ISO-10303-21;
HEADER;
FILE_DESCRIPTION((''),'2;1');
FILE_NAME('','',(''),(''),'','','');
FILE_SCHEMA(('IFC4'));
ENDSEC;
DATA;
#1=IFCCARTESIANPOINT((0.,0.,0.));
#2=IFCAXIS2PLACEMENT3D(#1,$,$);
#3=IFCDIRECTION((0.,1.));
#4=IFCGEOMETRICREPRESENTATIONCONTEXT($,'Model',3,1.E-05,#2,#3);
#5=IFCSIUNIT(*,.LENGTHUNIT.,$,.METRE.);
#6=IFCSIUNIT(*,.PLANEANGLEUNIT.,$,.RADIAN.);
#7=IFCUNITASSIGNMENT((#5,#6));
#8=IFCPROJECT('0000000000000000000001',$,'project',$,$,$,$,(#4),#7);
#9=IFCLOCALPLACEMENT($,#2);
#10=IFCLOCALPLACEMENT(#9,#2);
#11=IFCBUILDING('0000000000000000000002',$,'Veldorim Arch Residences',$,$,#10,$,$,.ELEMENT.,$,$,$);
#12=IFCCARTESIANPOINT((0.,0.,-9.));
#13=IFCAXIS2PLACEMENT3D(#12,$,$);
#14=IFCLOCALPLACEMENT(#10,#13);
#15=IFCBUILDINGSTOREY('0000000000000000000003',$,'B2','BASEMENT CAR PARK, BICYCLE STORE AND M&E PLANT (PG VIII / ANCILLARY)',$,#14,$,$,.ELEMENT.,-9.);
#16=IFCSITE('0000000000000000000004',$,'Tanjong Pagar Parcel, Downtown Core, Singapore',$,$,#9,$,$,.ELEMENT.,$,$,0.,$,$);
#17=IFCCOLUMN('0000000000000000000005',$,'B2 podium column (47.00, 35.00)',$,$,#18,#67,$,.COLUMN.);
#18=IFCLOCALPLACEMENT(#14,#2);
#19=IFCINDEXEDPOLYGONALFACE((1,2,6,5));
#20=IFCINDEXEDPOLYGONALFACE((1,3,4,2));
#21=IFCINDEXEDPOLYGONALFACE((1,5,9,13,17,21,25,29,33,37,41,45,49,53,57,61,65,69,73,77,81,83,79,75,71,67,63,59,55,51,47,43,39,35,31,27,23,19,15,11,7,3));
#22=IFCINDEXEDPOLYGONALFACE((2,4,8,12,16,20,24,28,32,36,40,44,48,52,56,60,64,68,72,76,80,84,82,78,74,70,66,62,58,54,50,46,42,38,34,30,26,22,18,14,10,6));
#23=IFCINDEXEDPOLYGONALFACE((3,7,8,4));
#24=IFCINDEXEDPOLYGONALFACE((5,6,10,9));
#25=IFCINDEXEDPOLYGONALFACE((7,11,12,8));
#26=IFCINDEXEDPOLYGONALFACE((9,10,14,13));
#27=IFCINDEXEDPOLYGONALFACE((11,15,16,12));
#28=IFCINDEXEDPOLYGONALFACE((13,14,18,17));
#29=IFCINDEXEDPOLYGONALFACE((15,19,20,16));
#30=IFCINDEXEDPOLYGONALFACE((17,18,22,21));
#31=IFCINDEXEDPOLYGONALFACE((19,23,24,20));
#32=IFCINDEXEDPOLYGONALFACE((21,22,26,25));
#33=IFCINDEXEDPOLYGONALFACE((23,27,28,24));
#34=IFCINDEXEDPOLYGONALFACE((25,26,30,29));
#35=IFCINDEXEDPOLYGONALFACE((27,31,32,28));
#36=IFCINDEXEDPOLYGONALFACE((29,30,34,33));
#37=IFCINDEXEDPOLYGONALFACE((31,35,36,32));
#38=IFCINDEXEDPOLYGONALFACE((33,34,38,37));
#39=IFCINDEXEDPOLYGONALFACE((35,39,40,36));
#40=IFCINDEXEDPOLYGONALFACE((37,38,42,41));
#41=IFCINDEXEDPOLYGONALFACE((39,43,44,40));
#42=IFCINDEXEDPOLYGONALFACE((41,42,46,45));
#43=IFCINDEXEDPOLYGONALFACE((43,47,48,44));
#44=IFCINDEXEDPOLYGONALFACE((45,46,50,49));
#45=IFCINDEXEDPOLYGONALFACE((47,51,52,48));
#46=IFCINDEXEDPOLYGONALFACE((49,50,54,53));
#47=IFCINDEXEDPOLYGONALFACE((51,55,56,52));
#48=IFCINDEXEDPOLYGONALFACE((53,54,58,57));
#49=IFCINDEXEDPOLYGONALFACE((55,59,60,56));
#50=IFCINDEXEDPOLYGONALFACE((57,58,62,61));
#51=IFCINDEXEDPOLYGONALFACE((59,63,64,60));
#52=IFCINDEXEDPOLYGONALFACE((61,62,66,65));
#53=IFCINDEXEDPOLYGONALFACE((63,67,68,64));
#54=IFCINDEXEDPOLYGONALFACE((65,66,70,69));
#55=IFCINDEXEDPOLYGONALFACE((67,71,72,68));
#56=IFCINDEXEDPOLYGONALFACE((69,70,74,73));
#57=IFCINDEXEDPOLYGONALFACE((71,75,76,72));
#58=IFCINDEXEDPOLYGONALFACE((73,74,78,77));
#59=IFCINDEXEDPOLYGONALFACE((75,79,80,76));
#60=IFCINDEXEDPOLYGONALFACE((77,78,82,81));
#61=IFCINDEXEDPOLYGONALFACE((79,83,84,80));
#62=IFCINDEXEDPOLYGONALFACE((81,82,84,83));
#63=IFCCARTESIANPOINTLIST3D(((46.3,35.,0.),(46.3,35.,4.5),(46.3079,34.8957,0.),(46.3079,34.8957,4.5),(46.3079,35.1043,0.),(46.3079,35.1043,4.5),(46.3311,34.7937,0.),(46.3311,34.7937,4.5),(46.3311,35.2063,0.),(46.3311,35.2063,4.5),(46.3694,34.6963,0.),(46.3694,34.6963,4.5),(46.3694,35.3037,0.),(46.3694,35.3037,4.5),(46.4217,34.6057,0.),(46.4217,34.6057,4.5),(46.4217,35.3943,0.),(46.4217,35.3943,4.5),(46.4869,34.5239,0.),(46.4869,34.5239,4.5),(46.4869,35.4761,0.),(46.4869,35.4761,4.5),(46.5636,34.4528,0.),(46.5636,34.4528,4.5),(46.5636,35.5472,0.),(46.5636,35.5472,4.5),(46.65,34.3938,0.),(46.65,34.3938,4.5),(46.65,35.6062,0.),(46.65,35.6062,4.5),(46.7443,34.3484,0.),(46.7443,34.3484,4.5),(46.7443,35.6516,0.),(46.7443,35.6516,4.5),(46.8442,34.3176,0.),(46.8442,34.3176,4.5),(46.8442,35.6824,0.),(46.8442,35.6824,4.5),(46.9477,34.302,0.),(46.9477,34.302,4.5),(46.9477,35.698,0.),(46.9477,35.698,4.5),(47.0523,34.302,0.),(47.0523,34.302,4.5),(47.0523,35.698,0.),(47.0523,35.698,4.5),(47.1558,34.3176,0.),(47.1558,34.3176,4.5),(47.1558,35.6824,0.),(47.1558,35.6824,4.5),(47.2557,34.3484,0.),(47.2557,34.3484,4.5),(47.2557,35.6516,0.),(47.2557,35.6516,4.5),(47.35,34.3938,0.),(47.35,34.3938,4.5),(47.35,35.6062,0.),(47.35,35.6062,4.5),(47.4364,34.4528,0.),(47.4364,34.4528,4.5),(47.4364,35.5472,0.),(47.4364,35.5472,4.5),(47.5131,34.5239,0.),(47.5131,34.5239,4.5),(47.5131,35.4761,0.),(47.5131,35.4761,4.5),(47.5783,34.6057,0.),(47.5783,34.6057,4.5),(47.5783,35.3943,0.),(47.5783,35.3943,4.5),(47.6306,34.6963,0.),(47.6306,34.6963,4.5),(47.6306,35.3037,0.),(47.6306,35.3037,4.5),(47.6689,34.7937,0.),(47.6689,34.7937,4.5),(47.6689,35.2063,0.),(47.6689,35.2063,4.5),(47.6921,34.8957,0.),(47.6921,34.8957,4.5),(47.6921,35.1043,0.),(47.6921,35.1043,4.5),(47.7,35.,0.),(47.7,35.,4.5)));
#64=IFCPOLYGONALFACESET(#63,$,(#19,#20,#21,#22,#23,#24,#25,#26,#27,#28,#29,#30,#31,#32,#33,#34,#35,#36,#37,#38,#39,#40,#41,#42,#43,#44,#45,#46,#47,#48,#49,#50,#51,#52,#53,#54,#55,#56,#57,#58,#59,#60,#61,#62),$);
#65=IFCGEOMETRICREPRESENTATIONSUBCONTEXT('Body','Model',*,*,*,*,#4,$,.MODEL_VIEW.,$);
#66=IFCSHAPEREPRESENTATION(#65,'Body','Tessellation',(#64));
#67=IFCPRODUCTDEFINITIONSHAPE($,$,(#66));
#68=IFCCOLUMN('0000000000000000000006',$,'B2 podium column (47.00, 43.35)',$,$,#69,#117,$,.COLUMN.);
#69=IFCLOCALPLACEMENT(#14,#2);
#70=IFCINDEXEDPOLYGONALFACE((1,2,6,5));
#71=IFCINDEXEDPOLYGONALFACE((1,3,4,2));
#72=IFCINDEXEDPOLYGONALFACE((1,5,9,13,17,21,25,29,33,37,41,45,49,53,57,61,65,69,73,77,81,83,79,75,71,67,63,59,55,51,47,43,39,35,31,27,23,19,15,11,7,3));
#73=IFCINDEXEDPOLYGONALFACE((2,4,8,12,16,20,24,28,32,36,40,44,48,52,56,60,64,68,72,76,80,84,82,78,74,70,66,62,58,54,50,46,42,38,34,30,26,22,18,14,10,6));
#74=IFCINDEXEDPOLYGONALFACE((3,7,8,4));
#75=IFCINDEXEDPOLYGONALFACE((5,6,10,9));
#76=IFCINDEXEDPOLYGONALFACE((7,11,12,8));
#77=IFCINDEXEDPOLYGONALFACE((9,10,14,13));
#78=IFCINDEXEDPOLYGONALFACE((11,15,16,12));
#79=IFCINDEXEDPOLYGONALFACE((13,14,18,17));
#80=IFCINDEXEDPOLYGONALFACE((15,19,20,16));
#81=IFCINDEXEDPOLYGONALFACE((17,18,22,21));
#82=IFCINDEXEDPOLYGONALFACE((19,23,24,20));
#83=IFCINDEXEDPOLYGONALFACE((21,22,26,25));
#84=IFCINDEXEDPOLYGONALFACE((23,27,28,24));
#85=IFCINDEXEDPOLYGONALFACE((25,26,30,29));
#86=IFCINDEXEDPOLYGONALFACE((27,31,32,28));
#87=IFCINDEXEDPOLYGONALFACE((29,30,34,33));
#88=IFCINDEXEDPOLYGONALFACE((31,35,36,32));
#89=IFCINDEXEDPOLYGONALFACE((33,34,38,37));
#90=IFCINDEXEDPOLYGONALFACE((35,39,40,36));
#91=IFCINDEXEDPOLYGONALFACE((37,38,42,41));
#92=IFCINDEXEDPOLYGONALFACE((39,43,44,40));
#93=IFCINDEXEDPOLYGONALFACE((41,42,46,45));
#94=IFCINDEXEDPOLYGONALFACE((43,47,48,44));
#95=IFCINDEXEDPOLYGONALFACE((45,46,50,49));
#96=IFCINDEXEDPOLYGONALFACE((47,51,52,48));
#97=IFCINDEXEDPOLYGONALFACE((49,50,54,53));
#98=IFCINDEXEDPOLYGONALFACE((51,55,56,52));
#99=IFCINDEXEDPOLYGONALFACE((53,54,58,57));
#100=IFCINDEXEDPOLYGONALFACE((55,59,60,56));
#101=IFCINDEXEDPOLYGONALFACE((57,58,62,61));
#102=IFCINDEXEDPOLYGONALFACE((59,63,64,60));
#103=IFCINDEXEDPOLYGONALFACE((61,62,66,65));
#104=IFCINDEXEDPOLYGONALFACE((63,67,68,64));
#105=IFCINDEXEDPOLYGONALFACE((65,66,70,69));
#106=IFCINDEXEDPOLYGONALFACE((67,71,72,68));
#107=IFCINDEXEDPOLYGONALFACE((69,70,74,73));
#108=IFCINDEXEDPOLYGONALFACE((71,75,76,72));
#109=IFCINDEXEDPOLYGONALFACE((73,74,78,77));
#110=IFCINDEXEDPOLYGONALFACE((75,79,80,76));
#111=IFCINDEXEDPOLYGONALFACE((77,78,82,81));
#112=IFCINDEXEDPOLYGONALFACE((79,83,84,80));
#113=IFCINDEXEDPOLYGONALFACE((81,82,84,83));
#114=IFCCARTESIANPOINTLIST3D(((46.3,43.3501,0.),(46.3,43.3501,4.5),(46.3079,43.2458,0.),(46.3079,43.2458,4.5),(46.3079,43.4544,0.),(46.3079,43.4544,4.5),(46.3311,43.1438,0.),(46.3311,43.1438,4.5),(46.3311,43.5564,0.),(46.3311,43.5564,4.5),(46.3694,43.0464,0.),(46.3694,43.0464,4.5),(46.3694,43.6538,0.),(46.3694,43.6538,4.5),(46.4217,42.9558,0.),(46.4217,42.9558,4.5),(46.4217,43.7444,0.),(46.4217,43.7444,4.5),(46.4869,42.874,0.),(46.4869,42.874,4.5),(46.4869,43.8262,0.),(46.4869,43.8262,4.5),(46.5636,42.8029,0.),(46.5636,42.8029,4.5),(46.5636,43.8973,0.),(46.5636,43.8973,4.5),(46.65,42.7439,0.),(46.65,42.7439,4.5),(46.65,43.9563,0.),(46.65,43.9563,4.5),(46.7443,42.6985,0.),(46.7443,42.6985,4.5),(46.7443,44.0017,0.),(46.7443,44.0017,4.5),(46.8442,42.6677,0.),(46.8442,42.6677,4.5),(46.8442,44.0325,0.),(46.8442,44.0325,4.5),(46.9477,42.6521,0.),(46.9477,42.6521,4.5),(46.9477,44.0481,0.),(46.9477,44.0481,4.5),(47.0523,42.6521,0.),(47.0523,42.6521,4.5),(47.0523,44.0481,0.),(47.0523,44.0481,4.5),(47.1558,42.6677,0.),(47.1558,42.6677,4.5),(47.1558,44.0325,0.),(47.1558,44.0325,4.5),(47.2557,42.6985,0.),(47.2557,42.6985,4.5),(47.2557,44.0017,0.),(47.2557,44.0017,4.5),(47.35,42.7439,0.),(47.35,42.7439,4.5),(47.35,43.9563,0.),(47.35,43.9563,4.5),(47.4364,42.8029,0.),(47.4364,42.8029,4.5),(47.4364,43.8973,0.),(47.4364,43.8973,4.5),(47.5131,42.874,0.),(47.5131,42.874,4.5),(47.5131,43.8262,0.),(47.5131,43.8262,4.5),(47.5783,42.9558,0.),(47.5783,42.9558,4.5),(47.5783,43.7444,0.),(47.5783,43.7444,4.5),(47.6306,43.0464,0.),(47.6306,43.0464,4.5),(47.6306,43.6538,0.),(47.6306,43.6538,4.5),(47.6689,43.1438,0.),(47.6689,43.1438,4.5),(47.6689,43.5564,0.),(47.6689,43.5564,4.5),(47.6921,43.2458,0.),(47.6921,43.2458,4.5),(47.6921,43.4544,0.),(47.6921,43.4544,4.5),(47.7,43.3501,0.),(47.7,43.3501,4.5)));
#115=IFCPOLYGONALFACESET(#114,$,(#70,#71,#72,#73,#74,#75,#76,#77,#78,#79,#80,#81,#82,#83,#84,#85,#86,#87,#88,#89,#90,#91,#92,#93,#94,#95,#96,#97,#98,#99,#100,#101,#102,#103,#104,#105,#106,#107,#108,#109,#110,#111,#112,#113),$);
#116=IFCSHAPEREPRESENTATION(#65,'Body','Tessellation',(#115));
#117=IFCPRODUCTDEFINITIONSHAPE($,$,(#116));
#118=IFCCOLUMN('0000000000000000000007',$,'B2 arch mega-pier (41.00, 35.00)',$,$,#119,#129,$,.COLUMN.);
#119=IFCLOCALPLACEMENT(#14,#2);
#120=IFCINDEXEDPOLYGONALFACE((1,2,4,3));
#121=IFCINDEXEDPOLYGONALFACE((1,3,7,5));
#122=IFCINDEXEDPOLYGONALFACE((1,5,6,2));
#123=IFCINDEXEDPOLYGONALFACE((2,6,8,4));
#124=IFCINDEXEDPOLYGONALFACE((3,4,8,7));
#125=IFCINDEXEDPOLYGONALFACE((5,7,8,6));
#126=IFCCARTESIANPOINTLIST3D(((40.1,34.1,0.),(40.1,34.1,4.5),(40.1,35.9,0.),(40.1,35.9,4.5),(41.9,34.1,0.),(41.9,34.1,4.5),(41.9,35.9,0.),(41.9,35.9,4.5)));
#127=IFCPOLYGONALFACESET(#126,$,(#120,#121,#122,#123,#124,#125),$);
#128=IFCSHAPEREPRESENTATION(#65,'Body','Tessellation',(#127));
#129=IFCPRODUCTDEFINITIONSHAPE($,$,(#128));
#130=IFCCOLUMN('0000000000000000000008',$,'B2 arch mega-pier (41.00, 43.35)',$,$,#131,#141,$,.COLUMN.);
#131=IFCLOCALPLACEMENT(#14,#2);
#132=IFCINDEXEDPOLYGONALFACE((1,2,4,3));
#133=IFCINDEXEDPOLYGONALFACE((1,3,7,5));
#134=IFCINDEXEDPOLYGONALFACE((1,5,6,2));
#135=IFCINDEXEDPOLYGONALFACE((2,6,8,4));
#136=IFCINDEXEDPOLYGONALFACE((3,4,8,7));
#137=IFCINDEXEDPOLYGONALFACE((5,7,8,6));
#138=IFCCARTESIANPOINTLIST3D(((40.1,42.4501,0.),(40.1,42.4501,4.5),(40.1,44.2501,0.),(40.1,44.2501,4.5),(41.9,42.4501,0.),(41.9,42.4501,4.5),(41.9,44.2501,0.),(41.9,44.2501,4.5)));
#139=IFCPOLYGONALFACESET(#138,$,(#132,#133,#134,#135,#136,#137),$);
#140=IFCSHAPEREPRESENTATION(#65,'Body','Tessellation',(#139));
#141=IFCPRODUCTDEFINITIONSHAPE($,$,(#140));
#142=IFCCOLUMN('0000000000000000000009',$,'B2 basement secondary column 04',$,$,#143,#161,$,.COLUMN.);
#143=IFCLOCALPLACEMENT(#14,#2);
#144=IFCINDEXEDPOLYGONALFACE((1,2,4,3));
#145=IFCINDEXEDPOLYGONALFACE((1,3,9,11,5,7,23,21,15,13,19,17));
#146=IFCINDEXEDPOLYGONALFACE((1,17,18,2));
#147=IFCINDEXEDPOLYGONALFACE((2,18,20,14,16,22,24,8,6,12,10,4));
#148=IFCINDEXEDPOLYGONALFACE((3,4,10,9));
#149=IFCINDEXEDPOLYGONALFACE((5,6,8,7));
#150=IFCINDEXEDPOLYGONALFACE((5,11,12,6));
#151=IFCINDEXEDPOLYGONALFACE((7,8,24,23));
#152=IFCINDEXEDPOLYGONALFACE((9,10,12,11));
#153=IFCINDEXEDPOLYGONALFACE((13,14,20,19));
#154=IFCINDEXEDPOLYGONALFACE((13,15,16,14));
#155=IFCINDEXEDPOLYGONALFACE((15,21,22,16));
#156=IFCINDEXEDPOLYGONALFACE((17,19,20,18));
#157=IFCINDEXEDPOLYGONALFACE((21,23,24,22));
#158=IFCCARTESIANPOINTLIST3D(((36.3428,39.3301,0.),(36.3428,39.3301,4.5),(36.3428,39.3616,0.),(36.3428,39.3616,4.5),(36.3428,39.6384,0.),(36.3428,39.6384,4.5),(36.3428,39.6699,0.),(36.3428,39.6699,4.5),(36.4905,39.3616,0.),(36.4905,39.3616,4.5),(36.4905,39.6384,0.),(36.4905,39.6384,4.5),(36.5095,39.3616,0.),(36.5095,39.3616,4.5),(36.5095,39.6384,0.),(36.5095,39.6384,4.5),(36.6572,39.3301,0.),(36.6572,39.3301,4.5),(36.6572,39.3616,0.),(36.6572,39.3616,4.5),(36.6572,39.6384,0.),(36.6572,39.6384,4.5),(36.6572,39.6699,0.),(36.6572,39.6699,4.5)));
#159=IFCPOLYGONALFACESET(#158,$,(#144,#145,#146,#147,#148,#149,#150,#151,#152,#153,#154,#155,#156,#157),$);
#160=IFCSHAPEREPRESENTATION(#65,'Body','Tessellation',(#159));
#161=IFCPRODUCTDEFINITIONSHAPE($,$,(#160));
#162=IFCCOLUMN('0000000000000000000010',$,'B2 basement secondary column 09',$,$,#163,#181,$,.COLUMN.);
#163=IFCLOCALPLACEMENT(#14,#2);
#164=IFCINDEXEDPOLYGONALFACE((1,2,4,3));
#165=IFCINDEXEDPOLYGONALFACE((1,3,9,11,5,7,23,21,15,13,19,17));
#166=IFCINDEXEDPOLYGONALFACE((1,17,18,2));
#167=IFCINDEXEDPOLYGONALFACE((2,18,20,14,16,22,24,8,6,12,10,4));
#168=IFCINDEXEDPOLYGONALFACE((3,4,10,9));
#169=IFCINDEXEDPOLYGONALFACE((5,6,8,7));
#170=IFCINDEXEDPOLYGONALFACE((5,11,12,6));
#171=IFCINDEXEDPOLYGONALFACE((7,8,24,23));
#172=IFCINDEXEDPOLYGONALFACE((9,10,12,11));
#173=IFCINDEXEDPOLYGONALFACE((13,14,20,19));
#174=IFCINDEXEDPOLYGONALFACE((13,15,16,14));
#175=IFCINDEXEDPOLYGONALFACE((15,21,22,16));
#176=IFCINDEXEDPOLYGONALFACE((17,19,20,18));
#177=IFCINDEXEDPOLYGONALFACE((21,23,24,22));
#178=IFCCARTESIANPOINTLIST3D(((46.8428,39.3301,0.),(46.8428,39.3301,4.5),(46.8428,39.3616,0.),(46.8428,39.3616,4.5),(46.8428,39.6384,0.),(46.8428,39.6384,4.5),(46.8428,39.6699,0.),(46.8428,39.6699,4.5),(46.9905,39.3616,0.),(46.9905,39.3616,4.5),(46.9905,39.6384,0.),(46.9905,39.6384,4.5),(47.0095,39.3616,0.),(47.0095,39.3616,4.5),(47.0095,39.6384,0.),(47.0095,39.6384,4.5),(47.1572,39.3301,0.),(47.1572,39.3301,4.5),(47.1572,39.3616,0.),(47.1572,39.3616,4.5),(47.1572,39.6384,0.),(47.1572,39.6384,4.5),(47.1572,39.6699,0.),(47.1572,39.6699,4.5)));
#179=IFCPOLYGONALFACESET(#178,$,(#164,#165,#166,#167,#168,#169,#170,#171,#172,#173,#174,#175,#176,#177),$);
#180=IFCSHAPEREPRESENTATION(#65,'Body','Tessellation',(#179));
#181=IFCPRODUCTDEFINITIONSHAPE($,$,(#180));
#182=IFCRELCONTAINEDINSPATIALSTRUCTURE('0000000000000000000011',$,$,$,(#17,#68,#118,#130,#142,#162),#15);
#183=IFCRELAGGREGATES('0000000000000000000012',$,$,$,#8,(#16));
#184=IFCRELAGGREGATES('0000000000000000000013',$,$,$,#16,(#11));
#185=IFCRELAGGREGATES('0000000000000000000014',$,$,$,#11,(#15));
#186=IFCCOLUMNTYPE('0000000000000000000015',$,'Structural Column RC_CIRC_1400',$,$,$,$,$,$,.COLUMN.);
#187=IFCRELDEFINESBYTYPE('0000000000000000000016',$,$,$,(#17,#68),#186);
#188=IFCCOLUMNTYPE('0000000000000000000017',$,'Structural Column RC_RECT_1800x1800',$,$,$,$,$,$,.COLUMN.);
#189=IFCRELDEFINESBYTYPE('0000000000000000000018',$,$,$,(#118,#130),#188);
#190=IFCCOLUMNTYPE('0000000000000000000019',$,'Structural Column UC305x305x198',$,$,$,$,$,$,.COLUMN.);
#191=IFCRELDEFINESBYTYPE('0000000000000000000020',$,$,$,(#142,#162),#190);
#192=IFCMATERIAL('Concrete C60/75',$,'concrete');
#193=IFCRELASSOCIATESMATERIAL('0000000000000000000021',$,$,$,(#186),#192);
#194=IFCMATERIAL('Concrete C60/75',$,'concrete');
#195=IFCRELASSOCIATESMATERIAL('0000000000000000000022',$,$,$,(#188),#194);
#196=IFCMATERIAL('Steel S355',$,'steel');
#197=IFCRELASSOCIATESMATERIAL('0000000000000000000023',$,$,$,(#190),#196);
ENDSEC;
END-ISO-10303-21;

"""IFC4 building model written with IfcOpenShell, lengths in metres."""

from ifc_helpers import new_model, si_unit, direction, frame, origin, origin_2d, place, context, subcontext, project, spatial, rectangle, circle, i_section, extrude, material, material_profile, profile_set, type_object, element, save


model = new_model("IFC4")

# Units and contexts
model_context = context("Model", 3, precision=1e-05, world=origin(), true_north=direction((0.0, 1.0)))
body_context = subcontext(model_context, "Body", "Model", "MODEL_VIEW")
ifc_project = project(units=[si_unit("LENGTHUNIT", "METRE"), si_unit("PLANEANGLEUNIT", "RADIAN")], contexts=[model_context])

# Site, building, storey
site_placement = place(None, origin())
site = spatial("IfcSite", under=ifc_project, at=site_placement, Name="Tanjong Pagar Parcel, Downtown Core, Singapore", CompositionType="ELEMENT", RefElevation=0.0)
building_placement = place(site_placement, origin())
building = spatial("IfcBuilding", under=site, at=building_placement, Name="Veldorim Arch Residences", CompositionType="ELEMENT")
storey_placement = place(building_placement, frame((0.0, 0.0, -9.0)))
storey = spatial("IfcBuildingStorey", under=building, at=storey_placement, Name="B2", Description="BASEMENT CAR PARK, BICYCLE STORE AND M&E PLANT (PG VIII / ANCILLARY)", CompositionType="ELEMENT", Elevation=-9.0)

# Columns
ifc_material_1 = material(Name="Concrete C60/75", Category="concrete")
ifc_material_profile_1 = material_profile(ifc_material_1, circle(Radius=0.7, at=origin_2d()), Name="RC_CIRC_1400")
ifc_profile_set_1 = profile_set([ifc_material_profile_1], Name="Concrete C60/75")
column_type_1 = type_object("IfcColumnType", Name="Structural Column RC_CIRC_1400", PredefinedType="COLUMN", material=ifc_profile_set_1)
for number, where, z_axis, x_axis, name in (
    (1, (47.0, 35.0, 0.0), (0.0, 0.0, 1.0), (1.0, 0.0, 0.0), "B2 podium column (47.00, 35.00)"),
    (2, (47.0, 43.3501, 0.0), (0.0, 0.0, 1.0), (1.0, 0.0, 0.0), "B2 podium column (47.00, 43.35)"),
):
    element("IfcColumn", number, at=place(storey_placement, frame(where, z_axis=z_axis, x_axis=x_axis)), inside=storey, type_object=column_type_1, Name=name, PredefinedType="COLUMN", context=body_context, shape_type="SweptSolid", body=[
        extrude(circle(Radius=0.7, at=origin_2d()), origin(), (0.0, 0.0, 1.0), 4.5),
    ])
ifc_material_2 = material(Name="Concrete C60/75", Category="concrete")
ifc_material_profile_2 = material_profile(ifc_material_2, rectangle(XDim=1.8, YDim=1.8, at=origin_2d()), Name="RC_RECT_1800x1800")
ifc_profile_set_2 = profile_set([ifc_material_profile_2], Name="Concrete C60/75")
column_type_2 = type_object("IfcColumnType", Name="Structural Column RC_RECT_1800x1800", PredefinedType="COLUMN", material=ifc_profile_set_2)
for number, where, z_axis, x_axis, name in (
    (3, (41.0, 35.0, 0.0), (0.0, 0.0, 1.0), (1.0, 0.0, 0.0), "B2 arch mega-pier (41.00, 35.00)"),
    (4, (41.0, 43.3501, 0.0), (0.0, 0.0, 1.0), (1.0, 0.0, 0.0), "B2 arch mega-pier (41.00, 43.35)"),
):
    element("IfcColumn", number, at=place(storey_placement, frame(where, z_axis=z_axis, x_axis=x_axis)), inside=storey, type_object=column_type_2, Name=name, PredefinedType="COLUMN", context=body_context, shape_type="SweptSolid", body=[
        extrude(rectangle(XDim=1.8, YDim=1.8, at=origin_2d()), origin(), (0.0, 0.0, 1.0), 4.5),
    ])
ifc_material_3 = material(Name="Steel S355", Category="steel")
ifc_material_profile_3 = material_profile(ifc_material_3, i_section(OverallWidth=0.3145, OverallDepth=0.3398, WebThickness=0.019, FlangeThickness=0.0315, at=origin_2d()), Name="UC305x305x198")
ifc_profile_set_3 = profile_set([ifc_material_profile_3], Name="Steel S355")
column_type_3 = type_object("IfcColumnType", Name="Structural Column UC305x305x198", PredefinedType="COLUMN", material=ifc_profile_set_3)
for number, where, z_axis, x_axis, name in (
    (5, (36.5, 39.5, 0.0), (0.0, 0.0, 1.0), (1.0, 0.0, 0.0), "B2 basement secondary column 04"),
    (6, (47.0, 39.5, 0.0), (0.0, 0.0, 1.0), (1.0, 0.0, 0.0), "B2 basement secondary column 09"),
):
    element("IfcColumn", number, at=place(storey_placement, frame(where, z_axis=z_axis, x_axis=x_axis)), inside=storey, type_object=column_type_3, Name=name, PredefinedType="COLUMN", context=body_context, shape_type="SweptSolid", body=[
        extrude(i_section(OverallWidth=0.3145, OverallDepth=0.3398, WebThickness=0.019, FlangeThickness=0.0315, at=origin_2d()), origin(), (0.0, 0.0, 1.0), 4.5),
    ])

save(model, "model.ifc")
